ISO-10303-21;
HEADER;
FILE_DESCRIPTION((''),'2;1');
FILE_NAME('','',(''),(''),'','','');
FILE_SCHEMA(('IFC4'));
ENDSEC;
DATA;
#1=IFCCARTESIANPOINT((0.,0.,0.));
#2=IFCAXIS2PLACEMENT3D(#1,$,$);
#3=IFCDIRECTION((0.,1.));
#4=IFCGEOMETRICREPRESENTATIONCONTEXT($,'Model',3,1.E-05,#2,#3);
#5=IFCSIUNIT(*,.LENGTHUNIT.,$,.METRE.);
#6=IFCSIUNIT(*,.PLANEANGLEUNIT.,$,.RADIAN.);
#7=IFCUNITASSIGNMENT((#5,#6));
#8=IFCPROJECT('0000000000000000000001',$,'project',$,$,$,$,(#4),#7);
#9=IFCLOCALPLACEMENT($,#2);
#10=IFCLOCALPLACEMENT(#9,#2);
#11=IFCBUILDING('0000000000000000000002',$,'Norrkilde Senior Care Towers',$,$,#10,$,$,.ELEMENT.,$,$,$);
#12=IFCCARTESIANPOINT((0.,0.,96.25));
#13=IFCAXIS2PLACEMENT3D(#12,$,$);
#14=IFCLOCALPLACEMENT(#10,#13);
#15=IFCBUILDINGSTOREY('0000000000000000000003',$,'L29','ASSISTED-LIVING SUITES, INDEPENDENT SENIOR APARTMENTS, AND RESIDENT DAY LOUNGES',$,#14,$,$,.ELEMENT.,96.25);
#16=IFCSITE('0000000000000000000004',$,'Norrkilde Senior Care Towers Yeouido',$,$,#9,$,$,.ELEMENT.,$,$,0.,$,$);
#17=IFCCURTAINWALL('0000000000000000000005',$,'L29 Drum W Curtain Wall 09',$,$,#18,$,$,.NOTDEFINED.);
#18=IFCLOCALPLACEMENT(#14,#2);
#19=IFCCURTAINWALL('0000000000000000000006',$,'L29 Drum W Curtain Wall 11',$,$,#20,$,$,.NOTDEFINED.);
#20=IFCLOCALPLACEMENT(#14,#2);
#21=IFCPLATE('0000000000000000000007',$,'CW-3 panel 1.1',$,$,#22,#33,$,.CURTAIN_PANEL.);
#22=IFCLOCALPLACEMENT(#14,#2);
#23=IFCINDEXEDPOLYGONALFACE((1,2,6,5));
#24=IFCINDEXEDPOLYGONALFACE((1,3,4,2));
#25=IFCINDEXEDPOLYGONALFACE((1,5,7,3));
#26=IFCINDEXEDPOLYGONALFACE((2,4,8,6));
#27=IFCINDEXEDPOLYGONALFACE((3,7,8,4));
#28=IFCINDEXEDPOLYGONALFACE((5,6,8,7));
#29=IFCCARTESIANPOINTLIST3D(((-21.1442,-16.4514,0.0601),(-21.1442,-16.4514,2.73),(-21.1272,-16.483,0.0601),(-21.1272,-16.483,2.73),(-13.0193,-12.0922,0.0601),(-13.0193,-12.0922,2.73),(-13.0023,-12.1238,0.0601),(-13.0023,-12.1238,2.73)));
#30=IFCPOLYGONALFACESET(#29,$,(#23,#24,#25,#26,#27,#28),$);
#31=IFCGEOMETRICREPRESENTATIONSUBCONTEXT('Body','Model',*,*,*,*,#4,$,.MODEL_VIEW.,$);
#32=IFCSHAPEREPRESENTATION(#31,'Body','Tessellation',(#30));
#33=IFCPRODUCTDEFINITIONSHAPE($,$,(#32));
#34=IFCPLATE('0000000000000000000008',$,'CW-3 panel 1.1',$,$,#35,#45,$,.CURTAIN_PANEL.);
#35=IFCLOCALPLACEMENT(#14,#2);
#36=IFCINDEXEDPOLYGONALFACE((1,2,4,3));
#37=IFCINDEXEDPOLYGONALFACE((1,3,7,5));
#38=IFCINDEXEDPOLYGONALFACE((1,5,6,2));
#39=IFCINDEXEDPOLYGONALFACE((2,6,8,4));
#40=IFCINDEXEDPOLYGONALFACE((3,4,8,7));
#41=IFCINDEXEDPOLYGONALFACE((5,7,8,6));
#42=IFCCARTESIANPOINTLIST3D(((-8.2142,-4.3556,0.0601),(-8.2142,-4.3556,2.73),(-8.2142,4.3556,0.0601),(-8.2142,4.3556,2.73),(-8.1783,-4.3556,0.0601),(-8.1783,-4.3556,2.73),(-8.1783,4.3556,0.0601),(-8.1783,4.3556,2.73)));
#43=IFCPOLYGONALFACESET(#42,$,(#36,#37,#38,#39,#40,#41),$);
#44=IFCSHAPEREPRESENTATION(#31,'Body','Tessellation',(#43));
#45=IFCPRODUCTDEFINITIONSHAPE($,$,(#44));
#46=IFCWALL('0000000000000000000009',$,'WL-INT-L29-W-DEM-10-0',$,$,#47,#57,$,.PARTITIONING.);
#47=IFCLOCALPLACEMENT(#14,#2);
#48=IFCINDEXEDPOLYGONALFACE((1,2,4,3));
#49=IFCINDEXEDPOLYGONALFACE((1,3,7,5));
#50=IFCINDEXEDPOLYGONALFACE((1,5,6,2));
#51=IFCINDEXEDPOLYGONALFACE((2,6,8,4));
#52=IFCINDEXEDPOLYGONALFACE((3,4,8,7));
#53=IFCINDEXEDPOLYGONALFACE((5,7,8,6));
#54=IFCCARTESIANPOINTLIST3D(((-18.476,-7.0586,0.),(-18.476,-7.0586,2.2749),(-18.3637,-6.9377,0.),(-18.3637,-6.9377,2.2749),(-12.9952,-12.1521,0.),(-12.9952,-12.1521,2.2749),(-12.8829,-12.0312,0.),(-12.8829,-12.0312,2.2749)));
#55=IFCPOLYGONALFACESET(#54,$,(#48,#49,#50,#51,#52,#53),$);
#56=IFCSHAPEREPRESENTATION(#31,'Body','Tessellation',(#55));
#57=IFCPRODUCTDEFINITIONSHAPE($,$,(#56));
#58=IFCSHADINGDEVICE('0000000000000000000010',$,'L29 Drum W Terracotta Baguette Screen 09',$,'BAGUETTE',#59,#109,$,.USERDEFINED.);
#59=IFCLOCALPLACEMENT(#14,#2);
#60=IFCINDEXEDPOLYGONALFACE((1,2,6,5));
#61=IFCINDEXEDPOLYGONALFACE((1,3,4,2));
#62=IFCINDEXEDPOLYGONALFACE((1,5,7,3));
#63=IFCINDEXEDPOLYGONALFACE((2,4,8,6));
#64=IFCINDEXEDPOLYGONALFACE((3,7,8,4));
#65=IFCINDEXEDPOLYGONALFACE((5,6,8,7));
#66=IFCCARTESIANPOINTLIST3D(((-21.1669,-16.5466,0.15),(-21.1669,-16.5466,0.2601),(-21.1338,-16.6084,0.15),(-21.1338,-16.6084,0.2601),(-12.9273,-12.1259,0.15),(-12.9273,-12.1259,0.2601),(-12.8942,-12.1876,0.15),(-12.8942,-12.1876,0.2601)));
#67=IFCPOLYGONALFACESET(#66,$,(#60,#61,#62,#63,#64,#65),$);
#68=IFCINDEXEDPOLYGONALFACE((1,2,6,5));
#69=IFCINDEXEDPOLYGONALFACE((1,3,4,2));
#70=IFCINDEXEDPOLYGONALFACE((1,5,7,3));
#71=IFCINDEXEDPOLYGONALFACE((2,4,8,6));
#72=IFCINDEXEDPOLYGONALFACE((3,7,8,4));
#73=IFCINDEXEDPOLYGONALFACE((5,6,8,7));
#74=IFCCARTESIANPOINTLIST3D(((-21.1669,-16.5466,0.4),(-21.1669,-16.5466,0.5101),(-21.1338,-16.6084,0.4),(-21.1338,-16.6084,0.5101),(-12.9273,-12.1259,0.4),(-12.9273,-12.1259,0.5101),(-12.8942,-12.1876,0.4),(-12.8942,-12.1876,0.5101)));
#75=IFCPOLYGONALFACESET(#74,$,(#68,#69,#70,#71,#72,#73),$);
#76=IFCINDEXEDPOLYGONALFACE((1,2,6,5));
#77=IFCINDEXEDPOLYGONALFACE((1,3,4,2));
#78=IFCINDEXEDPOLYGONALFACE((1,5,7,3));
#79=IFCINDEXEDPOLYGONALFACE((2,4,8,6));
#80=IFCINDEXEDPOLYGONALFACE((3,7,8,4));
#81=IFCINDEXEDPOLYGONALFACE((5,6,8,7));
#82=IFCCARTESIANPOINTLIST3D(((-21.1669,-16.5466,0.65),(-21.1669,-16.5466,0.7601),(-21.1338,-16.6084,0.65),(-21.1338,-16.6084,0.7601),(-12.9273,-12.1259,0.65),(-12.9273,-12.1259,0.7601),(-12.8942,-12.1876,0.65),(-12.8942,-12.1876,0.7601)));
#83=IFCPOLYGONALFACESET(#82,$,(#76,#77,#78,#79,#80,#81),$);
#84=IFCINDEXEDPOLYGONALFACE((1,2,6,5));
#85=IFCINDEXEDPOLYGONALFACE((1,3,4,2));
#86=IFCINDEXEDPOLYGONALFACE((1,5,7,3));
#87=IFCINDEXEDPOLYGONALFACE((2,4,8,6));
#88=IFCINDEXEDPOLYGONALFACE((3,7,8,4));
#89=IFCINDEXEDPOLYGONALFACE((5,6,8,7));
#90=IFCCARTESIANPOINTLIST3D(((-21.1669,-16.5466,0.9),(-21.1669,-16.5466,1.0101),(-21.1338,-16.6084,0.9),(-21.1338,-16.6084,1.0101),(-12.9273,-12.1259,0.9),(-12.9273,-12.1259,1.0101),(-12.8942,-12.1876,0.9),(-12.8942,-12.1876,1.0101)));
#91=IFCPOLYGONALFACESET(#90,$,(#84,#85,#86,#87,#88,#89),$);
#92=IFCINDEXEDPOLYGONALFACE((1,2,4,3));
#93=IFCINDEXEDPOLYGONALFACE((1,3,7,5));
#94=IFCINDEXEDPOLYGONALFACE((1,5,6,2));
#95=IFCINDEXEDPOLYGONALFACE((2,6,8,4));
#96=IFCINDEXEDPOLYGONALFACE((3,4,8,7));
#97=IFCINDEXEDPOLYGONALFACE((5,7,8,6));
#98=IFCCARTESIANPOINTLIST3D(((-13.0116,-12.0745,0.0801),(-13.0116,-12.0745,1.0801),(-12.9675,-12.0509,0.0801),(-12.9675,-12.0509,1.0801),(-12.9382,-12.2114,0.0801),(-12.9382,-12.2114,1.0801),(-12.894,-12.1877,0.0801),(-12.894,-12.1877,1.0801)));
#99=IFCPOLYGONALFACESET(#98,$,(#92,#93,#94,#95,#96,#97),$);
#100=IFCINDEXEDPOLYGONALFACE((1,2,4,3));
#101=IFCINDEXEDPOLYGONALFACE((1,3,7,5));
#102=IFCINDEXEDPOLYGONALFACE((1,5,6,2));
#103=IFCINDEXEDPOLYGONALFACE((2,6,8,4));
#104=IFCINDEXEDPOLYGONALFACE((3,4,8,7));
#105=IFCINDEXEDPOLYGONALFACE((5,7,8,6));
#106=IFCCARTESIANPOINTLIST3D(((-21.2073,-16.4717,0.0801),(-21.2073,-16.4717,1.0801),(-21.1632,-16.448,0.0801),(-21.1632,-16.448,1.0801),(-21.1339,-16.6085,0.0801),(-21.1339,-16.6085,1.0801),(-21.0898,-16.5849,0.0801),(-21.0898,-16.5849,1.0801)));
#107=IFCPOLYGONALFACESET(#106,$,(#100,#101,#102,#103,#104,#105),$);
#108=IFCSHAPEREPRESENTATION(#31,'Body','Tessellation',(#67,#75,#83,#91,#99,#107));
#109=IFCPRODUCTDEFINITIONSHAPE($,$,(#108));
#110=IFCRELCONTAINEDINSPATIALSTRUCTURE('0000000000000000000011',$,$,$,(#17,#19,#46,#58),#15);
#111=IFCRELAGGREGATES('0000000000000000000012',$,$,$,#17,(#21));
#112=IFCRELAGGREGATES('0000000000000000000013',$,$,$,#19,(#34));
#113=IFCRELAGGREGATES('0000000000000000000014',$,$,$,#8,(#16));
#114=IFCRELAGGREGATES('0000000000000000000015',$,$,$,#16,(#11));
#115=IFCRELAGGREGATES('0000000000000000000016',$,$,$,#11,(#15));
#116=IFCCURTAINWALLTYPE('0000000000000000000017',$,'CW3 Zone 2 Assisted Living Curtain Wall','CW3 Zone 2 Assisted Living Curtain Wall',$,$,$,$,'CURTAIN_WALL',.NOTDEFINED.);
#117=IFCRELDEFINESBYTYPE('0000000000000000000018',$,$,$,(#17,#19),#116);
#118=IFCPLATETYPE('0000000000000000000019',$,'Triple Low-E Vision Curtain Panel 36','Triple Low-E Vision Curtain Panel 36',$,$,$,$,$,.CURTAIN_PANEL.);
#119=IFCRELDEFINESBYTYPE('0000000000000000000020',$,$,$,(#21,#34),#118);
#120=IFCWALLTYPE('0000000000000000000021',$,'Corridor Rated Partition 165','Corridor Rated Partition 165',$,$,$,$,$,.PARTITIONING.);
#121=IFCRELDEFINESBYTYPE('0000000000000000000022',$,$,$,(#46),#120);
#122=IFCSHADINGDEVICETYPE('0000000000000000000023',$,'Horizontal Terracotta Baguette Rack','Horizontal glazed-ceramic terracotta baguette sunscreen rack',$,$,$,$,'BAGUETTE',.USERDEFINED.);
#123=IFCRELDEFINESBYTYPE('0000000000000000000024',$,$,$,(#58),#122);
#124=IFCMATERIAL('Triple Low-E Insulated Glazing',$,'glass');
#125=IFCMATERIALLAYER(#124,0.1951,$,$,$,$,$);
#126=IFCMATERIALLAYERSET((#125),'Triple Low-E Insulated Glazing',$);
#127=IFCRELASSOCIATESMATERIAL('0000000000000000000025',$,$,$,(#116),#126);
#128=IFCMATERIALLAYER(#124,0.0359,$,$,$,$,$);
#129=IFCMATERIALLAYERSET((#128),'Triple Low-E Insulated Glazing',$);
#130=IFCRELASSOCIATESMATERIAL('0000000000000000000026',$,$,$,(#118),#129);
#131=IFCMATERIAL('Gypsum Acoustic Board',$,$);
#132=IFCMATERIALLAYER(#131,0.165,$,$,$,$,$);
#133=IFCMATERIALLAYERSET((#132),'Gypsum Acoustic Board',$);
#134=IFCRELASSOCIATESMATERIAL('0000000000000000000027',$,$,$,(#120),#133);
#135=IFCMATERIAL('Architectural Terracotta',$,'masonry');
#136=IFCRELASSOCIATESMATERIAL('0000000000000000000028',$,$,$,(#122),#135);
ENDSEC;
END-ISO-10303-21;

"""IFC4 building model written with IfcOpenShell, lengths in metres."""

from ifc_helpers import new_model, si_unit, direction, frame, frame_2d, origin, origin_2d, place, context, subcontext, project, spatial, rectangle, extrude, source, transform, mapped, material, layer, layer_set, type_object, type_shapes, element, aggregate, save


model = new_model("IFC4")

# Units and contexts
model_context = context("Model", 3, precision=1e-05, world=origin(), true_north=direction((0.0, 1.0)))
body_context = subcontext(model_context, "Body", "Model", "MODEL_VIEW")
ifc_project = project(units=[si_unit("LENGTHUNIT", "METRE"), si_unit("PLANEANGLEUNIT", "RADIAN")], contexts=[model_context])

# Site, building, storey
site_placement = place(None, origin())
site = spatial("IfcSite", under=ifc_project, at=site_placement, Name="Norrkilde Senior Care Towers Yeouido", CompositionType="ELEMENT", RefElevation=0.0)
building_placement = place(site_placement, origin())
building = spatial("IfcBuilding", under=site, at=building_placement, Name="Norrkilde Senior Care Towers", CompositionType="ELEMENT")
storey_placement = place(building_placement, frame((0.0, 0.0, 96.25)))
storey = spatial("IfcBuildingStorey", under=building, at=storey_placement, Name="L29", Description="ASSISTED-LIVING SUITES, INDEPENDENT SENIOR APARTMENTS, AND RESIDENT DAY LOUNGES", CompositionType="ELEMENT", Elevation=96.25)

# Curtain wall
ifc_material_1 = material(Name="Triple Low-E Insulated Glazing", Category="glass")
ifc_layer_1 = layer(ifc_material_1, 0.1951)
ifc_layer_set_1 = layer_set([ifc_layer_1], Name="Triple Low-E Insulated Glazing")
curtain_wall_type = type_object("IfcCurtainWallType", Name="CW3 Zone 2 Assisted Living Curtain Wall", Description="CW3 Zone 2 Assisted Living Curtain Wall", ElementType="CURTAIN_WALL", PredefinedType="NOTDEFINED", material=ifc_layer_set_1)
curtain_wall_1_placement = place(storey_placement, origin())
curtain_wall_1 = element("IfcCurtainWall", 1, at=curtain_wall_1_placement, inside=storey, type_object=curtain_wall_type, Name="L29 Drum W Curtain Wall 09", PredefinedType="NOTDEFINED")

# Curtain wall
curtain_wall_2_placement = place(storey_placement, origin())
curtain_wall_2 = element("IfcCurtainWall", 2, at=curtain_wall_2_placement, inside=storey, type_object=curtain_wall_type, Name="L29 Drum W Curtain Wall 11", PredefinedType="NOTDEFINED")

# Plates
ifc_layer_2 = layer(ifc_material_1, 0.0359)
ifc_layer_set_2 = layer_set([ifc_layer_2], Name="Triple Low-E Insulated Glazing")
plate_type = type_object("IfcPlateType", Name="Triple Low-E Vision Curtain Panel 36", Description="Triple Low-E Vision Curtain Panel 36", PredefinedType="CURTAIN_PANEL", material=ifc_layer_set_2)
shared_shape_1 = source(origin(), body_context, "Body", "SweptSolid", [
    extrude(rectangle(XDim=9.2205, YDim=0.0359, at=origin_2d()), origin(), (0.0, 0.0, 1.0), 2.6699),
])
plate_1_placement = place(storey_placement, frame((-17.0732, -14.2876, 0.0601), z_axis=(0.0, 0.0, 1.0), x_axis=(-0.881186, -0.472769, 0.0)))
plate_1 = element("IfcPlate", 3, at=plate_1_placement, type_object=plate_type, Name="CW-3 panel 1.1", PredefinedType="CURTAIN_PANEL", context=body_context, shape_type="MappedRepresentation", body=[
    mapped(shared_shape_1, transform((0.0, 0.0, 0.0), x_axis=(1.0, 0.0, 0.0), y_axis=(0.0, 1.0, 0.0), z_axis=(0.0, 0.0, 1.0), scale=1.0)),
])
aggregate(curtain_wall_1, [plate_1])
shared_shape_2 = source(origin(), body_context, "Body", "SweptSolid", [
    extrude(rectangle(XDim=8.7112, YDim=0.0359, at=origin_2d()), origin(), (0.0, 0.0, 1.0), 2.6699),
])
plate_2_placement = place(storey_placement, frame((-8.1963, 0.0, 0.0601), z_axis=(0.0, 0.0, 1.0), x_axis=(0.0, -1.0, 0.0)))
plate_2 = element("IfcPlate", 4, at=plate_2_placement, type_object=plate_type, Name="CW-3 panel 1.1", PredefinedType="CURTAIN_PANEL", context=body_context, shape_type="MappedRepresentation", body=[
    mapped(shared_shape_2, transform((0.0, 0.0, 0.0), x_axis=(1.0, 0.0, 0.0), y_axis=(0.0, 1.0, 0.0), z_axis=(0.0, 0.0, 1.0), scale=1.0)),
])
aggregate(curtain_wall_2, [plate_2])

# Wall
ifc_material_2 = material(Name="Gypsum Acoustic Board")
ifc_layer_3 = layer(ifc_material_2, 0.165)
ifc_layer_set_3 = layer_set([ifc_layer_3], Name="Gypsum Acoustic Board")
wall_type = type_object("IfcWallType", Name="Corridor Rated Partition 165", Description="Corridor Rated Partition 165", PredefinedType="PARTITIONING", material=ifc_layer_set_3)
shared_shape_3 = source(origin(), body_context, "Body", "SweptSolid", [
    extrude(rectangle(XDim=7.4822, YDim=0.165, at=frame_2d((3.7412, 0.0))), origin(), (0.0, 0.0, 1.0), 2.2749),
])
type_shapes(wall_type, [shared_shape_3])
wall_placement = place(storey_placement, frame((-18.4199, -6.998, 0.0), z_axis=(0.0, 0.0, 1.0), x_axis=(0.732509, -0.680758, 0.0)))
element("IfcWall", 5, at=wall_placement, inside=storey, type_object=wall_type, Name="WL-INT-L29-W-DEM-10-0", PredefinedType="PARTITIONING", context=body_context, shape_type="MappedRepresentation", body=[
    mapped(shared_shape_3, transform((0.0, 0.0, 0.0), x_axis=(1.0, 0.0, 0.0), y_axis=(0.0, 1.0, 0.0), z_axis=(0.0, 0.0, 1.0), scale=1.0)),
])

# Shading device
ifc_material_3 = material(Name="Architectural Terracotta", Category="masonry")
shading_device_type = type_object("IfcShadingDeviceType", Name="Horizontal Terracotta Baguette Rack", Description="Horizontal glazed-ceramic terracotta baguette sunscreen rack", ElementType="BAGUETTE", PredefinedType="USERDEFINED", material=ifc_material_3)
shared_shape_4 = source(origin(), body_context, "Body", "SweptSolid", [
    extrude(rectangle(XDim=0.0701, YDim=0.1101, at=origin_2d()), frame((0.0, 0.0901, 0.125), z_axis=(1.0, 0.0, 0.0), x_axis=(0.0, 1.0, 0.0)), (0.0, 0.0, 1.0), 9.3506),
    extrude(rectangle(XDim=0.0701, YDim=0.1101, at=origin_2d()), frame((0.0, 0.0901, 0.375), z_axis=(1.0, 0.0, 0.0), x_axis=(0.0, 1.0, 0.0)), (0.0, 0.0, 1.0), 9.3506),
    extrude(rectangle(XDim=0.0701, YDim=0.1101, at=origin_2d()), frame((0.0, 0.0901, 0.625), z_axis=(1.0, 0.0, 0.0), x_axis=(0.0, 1.0, 0.0)), (0.0, 0.0, 1.0), 9.3506),
    extrude(rectangle(XDim=0.0701, YDim=0.1101, at=origin_2d()), frame((0.0, 0.0901, 0.875), z_axis=(1.0, 0.0, 0.0), x_axis=(0.0, 1.0, 0.0)), (0.0, 0.0, 1.0), 9.3506),
    extrude(rectangle(XDim=0.05, YDim=0.1553, at=origin_2d()), frame((0.0249, 0.0476, 0.0)), (0.0, 0.0, 1.0), 1.0),
    extrude(rectangle(XDim=0.05, YDim=0.1553, at=origin_2d()), frame((9.3257, 0.0476, 0.0)), (0.0, 0.0, 1.0), 1.0),
])
type_shapes(shading_device_type, [shared_shape_4])
shading_device_placement = place(storey_placement, frame((-12.9534, -12.0774, 0.0801), z_axis=(0.0, 0.0, 1.0), x_axis=(-0.881175, -0.472768, 0.0)))
element("IfcShadingDevice", 6, at=shading_device_placement, inside=storey, type_object=shading_device_type, Name="L29 Drum W Terracotta Baguette Screen 09", ObjectType="BAGUETTE", PredefinedType="USERDEFINED", context=body_context, shape_type="MappedRepresentation", body=[
    mapped(shared_shape_4, transform((0.0, 0.0, 0.0), x_axis=(1.0, 0.0, 0.0), y_axis=(0.0, 1.0, 0.0), z_axis=(0.0, 0.0, 1.0), scale=1.0)),
])

save(model, "model.ifc")
